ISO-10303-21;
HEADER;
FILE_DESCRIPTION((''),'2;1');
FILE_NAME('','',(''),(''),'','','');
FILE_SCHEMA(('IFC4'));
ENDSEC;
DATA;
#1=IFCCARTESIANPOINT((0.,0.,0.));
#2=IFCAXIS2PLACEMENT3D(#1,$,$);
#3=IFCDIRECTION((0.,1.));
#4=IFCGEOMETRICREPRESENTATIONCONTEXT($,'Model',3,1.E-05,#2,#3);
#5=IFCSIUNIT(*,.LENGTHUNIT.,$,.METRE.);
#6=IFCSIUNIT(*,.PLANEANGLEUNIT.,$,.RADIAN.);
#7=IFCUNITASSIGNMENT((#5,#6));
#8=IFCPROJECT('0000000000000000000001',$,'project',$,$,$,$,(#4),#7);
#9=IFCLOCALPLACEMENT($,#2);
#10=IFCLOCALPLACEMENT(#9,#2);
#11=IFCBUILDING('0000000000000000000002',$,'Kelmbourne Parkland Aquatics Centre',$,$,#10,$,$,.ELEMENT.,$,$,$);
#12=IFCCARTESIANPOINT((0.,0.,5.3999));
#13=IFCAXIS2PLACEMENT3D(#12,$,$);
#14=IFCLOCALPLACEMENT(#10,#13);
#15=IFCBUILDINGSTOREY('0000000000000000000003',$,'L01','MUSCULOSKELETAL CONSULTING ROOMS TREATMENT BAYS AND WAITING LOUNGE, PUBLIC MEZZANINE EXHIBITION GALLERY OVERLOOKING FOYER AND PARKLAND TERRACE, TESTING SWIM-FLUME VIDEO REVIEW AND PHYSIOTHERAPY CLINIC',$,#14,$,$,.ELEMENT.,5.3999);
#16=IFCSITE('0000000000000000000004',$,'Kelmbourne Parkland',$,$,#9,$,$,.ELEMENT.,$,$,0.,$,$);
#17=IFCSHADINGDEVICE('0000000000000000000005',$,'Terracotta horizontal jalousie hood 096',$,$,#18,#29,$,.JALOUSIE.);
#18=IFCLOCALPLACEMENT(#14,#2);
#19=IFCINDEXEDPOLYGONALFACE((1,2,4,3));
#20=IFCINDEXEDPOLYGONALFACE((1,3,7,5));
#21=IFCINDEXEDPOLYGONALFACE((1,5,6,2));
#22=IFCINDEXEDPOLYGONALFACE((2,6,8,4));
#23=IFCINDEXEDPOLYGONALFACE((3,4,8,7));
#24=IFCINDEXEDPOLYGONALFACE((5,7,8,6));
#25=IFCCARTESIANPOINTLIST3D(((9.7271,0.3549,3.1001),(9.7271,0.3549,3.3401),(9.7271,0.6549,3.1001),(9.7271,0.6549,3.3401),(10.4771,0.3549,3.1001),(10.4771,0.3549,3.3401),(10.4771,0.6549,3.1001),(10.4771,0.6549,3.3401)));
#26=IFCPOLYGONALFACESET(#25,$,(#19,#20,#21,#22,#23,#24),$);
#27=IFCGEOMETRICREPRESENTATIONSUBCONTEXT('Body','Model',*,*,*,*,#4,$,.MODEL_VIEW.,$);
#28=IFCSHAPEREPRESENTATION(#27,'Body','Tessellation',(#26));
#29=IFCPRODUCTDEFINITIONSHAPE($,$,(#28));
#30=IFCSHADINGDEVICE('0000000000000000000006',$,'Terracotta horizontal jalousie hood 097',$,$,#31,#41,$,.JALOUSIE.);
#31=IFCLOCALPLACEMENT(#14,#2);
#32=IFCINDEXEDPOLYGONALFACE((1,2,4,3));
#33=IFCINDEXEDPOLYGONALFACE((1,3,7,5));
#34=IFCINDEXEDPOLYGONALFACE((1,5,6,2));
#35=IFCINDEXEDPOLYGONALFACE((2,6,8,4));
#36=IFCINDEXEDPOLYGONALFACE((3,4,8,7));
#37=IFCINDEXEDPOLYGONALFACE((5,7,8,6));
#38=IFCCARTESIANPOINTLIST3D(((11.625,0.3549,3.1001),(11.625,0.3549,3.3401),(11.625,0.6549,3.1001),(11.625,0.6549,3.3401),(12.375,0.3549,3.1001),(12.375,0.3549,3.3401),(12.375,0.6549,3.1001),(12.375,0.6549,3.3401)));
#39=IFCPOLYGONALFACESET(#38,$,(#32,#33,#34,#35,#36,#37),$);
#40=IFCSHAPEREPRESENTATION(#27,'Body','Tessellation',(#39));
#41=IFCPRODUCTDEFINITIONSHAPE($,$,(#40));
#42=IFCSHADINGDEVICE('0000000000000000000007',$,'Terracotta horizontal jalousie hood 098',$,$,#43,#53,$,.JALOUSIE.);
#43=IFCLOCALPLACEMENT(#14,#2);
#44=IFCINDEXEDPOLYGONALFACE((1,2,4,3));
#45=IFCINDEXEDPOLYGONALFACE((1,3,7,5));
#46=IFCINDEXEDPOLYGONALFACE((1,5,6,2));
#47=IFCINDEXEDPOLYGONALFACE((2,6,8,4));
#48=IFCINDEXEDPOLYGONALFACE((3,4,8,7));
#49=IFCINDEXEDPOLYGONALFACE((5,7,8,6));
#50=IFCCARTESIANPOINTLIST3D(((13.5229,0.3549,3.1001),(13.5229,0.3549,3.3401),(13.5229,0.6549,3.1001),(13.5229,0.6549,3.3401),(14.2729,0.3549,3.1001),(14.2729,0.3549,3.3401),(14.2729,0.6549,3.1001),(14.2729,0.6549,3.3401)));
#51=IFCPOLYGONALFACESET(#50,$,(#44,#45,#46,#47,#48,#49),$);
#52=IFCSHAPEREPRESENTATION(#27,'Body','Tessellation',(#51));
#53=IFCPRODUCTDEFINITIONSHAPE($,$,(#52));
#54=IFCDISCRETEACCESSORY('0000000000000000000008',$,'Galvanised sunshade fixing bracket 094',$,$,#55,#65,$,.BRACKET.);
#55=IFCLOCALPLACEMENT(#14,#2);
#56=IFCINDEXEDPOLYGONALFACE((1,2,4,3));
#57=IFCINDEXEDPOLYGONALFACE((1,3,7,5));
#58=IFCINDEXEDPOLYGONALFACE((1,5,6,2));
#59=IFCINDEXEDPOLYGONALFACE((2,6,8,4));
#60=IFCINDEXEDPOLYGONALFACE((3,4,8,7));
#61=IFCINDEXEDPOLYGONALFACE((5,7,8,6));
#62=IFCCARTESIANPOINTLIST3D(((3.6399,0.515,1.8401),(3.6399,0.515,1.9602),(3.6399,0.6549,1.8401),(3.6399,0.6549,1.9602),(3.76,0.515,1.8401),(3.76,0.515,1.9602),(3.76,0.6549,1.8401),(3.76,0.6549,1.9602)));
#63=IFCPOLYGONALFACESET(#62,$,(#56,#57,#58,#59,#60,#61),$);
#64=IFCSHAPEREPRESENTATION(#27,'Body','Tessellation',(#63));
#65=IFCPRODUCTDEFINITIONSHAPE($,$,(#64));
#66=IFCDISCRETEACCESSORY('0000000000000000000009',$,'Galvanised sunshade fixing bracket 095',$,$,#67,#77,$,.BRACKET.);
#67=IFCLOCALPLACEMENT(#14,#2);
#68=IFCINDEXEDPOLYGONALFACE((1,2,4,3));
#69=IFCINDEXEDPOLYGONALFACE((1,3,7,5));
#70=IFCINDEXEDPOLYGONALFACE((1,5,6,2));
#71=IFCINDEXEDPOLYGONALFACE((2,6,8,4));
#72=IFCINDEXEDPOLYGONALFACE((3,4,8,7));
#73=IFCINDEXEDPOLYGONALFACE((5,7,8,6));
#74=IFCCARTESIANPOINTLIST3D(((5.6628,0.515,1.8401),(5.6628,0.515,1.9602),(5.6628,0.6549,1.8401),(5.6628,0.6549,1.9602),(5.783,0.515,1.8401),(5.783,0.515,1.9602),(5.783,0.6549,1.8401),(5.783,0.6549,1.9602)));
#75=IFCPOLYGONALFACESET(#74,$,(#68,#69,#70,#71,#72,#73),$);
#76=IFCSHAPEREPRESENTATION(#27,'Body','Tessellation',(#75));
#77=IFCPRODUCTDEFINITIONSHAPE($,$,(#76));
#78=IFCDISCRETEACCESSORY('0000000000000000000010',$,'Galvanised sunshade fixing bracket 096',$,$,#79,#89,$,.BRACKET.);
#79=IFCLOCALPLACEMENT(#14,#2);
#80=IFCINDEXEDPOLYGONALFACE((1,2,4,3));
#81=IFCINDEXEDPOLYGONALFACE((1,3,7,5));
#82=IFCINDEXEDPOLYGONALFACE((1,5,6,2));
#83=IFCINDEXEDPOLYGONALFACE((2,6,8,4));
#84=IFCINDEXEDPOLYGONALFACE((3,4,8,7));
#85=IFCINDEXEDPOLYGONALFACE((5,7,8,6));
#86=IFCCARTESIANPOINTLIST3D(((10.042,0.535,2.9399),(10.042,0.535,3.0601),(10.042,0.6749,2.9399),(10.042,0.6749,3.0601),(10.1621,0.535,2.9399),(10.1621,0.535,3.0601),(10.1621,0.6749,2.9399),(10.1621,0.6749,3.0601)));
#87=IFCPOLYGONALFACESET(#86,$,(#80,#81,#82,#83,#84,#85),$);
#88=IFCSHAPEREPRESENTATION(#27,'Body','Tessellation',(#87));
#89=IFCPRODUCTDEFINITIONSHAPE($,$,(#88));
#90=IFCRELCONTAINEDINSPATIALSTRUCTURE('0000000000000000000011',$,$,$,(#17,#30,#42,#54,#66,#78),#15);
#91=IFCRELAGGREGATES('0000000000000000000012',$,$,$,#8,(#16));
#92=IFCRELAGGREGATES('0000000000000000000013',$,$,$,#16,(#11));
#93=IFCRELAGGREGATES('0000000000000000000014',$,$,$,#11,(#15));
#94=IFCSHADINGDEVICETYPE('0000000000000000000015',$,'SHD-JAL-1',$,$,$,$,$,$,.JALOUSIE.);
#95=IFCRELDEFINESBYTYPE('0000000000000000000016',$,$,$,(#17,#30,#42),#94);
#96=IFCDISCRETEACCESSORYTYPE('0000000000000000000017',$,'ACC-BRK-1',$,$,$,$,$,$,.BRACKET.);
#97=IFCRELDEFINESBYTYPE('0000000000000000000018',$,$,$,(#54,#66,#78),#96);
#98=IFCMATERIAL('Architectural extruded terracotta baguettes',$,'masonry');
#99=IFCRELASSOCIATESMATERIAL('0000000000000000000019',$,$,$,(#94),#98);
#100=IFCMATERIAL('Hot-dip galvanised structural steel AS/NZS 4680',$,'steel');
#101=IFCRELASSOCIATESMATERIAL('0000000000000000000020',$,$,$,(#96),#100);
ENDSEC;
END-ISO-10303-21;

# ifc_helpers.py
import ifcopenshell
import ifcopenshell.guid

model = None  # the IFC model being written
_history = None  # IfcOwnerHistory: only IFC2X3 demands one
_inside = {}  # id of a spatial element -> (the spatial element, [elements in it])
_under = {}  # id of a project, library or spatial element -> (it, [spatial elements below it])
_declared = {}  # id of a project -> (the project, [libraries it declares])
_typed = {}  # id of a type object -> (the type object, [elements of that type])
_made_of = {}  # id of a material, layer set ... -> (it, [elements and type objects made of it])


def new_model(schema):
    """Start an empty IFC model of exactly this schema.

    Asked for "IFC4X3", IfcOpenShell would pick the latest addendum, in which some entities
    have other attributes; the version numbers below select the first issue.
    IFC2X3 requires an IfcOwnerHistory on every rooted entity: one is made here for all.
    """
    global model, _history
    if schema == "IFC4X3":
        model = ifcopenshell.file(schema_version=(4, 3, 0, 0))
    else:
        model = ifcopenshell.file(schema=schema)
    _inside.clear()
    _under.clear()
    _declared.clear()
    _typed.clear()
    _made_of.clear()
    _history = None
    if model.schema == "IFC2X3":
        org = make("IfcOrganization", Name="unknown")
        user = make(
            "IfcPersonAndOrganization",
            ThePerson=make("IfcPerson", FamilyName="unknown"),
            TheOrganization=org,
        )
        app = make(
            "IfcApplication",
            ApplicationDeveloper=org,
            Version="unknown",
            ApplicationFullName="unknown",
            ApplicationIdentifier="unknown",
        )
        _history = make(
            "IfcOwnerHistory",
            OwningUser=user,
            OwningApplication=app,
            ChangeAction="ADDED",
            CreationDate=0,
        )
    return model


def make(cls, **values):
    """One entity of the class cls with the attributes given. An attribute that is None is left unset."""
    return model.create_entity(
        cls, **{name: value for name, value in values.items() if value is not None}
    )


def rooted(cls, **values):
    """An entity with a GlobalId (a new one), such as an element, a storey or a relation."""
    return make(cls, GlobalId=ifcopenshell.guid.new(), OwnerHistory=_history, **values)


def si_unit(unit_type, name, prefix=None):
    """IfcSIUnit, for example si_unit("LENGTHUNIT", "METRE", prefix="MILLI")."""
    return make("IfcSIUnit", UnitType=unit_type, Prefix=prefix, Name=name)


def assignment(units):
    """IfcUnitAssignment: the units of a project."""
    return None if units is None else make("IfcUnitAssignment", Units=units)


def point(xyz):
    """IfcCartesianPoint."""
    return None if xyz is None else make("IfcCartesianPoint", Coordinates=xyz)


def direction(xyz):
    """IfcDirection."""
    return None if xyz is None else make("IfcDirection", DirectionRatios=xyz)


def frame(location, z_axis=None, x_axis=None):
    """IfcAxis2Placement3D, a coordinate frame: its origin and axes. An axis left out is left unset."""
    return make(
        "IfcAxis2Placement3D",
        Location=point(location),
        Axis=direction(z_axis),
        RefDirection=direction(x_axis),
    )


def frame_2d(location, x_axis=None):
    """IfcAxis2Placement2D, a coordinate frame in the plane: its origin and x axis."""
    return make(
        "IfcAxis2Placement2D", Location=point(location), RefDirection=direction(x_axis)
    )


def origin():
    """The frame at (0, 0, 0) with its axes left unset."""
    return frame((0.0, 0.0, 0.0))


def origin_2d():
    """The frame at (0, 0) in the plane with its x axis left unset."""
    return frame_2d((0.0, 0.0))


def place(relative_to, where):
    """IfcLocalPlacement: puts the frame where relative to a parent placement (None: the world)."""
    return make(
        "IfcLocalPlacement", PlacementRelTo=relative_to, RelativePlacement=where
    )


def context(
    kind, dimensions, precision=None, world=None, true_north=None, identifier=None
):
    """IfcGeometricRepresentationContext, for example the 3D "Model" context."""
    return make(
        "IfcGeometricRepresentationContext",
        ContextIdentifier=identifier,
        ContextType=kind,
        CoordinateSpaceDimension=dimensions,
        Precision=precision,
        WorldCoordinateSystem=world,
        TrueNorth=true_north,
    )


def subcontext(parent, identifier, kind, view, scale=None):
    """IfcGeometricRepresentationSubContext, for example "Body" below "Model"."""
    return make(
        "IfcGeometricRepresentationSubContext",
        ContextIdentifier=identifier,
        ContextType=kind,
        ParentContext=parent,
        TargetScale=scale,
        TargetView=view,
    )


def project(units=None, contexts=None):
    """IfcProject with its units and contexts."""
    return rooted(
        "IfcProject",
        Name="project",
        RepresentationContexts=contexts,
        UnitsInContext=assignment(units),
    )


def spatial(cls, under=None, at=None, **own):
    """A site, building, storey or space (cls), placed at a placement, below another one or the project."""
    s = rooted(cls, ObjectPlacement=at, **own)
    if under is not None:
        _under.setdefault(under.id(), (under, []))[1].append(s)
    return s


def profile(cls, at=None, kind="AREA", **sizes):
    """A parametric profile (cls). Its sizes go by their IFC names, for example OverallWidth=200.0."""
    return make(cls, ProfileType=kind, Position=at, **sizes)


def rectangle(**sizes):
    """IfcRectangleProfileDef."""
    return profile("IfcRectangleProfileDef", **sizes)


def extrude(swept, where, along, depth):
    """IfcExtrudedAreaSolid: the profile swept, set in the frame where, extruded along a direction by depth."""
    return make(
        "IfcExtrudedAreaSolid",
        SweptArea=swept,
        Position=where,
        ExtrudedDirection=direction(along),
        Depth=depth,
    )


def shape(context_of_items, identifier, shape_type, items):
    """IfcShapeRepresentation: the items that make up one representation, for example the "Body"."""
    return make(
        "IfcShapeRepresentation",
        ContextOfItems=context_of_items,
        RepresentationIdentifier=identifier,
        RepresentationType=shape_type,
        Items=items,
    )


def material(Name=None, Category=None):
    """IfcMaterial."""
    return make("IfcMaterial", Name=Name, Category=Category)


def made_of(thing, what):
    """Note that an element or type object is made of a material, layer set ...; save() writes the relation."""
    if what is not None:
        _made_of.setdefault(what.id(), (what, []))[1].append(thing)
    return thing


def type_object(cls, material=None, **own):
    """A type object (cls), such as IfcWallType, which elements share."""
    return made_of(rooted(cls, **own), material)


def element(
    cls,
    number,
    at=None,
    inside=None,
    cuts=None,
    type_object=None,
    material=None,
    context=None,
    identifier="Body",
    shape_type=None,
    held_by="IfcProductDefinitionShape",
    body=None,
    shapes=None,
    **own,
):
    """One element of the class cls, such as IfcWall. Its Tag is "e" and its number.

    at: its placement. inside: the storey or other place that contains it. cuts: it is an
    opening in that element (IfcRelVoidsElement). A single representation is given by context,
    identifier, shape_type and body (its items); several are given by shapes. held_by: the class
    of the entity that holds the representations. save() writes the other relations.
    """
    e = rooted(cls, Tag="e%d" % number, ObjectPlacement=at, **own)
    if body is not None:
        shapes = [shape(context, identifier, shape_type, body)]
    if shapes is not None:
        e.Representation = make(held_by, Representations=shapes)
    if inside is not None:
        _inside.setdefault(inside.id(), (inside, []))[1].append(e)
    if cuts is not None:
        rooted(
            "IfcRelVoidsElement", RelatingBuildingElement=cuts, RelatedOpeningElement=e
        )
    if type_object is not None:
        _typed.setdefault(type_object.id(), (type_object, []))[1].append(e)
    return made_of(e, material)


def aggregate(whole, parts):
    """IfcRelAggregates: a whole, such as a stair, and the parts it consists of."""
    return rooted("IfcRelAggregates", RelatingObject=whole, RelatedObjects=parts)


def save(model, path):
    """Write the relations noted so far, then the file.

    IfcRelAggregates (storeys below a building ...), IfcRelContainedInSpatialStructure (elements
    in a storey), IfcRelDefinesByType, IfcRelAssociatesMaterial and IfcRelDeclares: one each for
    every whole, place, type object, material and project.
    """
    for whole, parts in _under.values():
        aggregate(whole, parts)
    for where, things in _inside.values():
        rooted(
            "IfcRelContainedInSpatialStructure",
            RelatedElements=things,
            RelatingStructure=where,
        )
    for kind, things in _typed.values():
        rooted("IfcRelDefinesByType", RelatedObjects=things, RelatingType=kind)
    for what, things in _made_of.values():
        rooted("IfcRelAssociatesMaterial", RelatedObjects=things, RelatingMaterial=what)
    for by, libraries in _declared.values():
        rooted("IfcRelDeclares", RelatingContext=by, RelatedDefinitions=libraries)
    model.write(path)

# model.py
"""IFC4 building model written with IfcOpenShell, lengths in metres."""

from ifc_helpers import new_model, si_unit, direction, frame, origin, origin_2d, place, context, subcontext, project, spatial, rectangle, extrude, material, type_object, element, save


model = new_model("IFC4")

# Units and contexts
model_context = context("Model", 3, precision=1e-05, world=origin(), true_north=direction((0.0, 1.0)))
body_context = subcontext(model_context, "Body", "Model", "MODEL_VIEW")
ifc_project = project(units=[si_unit("LENGTHUNIT", "METRE"), si_unit("PLANEANGLEUNIT", "RADIAN")], contexts=[model_context])

# Site, building, storey
site_placement = place(None, origin())
site = spatial("IfcSite", under=ifc_project, at=site_placement, Name="Kelmbourne Parkland", CompositionType="ELEMENT", RefElevation=0.0)
building_placement = place(site_placement, origin())
building = spatial("IfcBuilding", under=site, at=building_placement, Name="Kelmbourne Parkland Aquatics Centre", CompositionType="ELEMENT")
storey_placement = place(building_placement, frame((0.0, 0.0, 5.3999)))
storey = spatial("IfcBuildingStorey", under=building, at=storey_placement, Name="L01", Description="MUSCULOSKELETAL CONSULTING ROOMS TREATMENT BAYS AND WAITING LOUNGE, PUBLIC MEZZANINE EXHIBITION GALLERY OVERLOOKING FOYER AND PARKLAND TERRACE, TESTING SWIM-FLUME VIDEO REVIEW AND PHYSIOTHERAPY CLINIC", CompositionType="ELEMENT", Elevation=5.3999)

# Shading devices
ifc_material_1 = material(Name="Architectural extruded terracotta baguettes", Category="masonry")
shading_device_type = type_object("IfcShadingDeviceType", Name="SHD-JAL-1", PredefinedType="JALOUSIE", material=ifc_material_1)
for number, where, z_axis, x_axis, name in (
    (1, (10.1021, 0.5049, 3.1001), (0.0, 0.0, 1.0), (1.0, 0.0, 0.0), "Terracotta horizontal jalousie hood 096"),
    (2, (12.0, 0.5049, 3.1001), (0.0, 0.0, 1.0), (1.0, 0.0, 0.0), "Terracotta horizontal jalousie hood 097"),
    (3, (13.8979, 0.5049, 3.1001), (0.0, 0.0, 1.0), (1.0, 0.0, 0.0), "Terracotta horizontal jalousie hood 098"),
):
    element("IfcShadingDevice", number, at=place(storey_placement, frame(where, z_axis=z_axis, x_axis=x_axis)), inside=storey, type_object=shading_device_type, Name=name, PredefinedType="JALOUSIE", context=body_context, shape_type="SweptSolid", body=[
        extrude(rectangle(XDim=0.75, YDim=0.3, at=origin_2d()), origin(), (0.0, 0.0, 1.0), 0.24),
    ])

# Discrete accessories
ifc_material_2 = material(Name="Hot-dip galvanised structural steel AS/NZS 4680", Category="steel")
discrete_accessory_type = type_object("IfcDiscreteAccessoryType", Name="ACC-BRK-1", PredefinedType="BRACKET", material=ifc_material_2)
for number, where, z_axis, x_axis, name in (
    (4, (3.7, 0.585, 1.8401), (0.0, 0.0, 1.0), (1.0, 0.0, 0.0), "Galvanised sunshade fixing bracket 094"),
    (5, (5.7229, 0.585, 1.8401), (0.0, 0.0, 1.0), (1.0, 0.0, 0.0), "Galvanised sunshade fixing bracket 095"),
    (6, (10.1021, 0.605, 2.9399), (0.0, 0.0, 1.0), (1.0, 0.0, 0.0), "Galvanised sunshade fixing bracket 096"),
):
    element("IfcDiscreteAccessory", number, at=place(storey_placement, frame(where, z_axis=z_axis, x_axis=x_axis)), inside=storey, type_object=discrete_accessory_type, Name=name, PredefinedType="BRACKET", context=body_context, shape_type="SweptSolid", body=[
        extrude(rectangle(XDim=0.1201, YDim=0.1399, at=origin_2d()), origin(), (0.0, 0.0, 1.0), 0.1201),
    ])

save(model, "model.ifc")
